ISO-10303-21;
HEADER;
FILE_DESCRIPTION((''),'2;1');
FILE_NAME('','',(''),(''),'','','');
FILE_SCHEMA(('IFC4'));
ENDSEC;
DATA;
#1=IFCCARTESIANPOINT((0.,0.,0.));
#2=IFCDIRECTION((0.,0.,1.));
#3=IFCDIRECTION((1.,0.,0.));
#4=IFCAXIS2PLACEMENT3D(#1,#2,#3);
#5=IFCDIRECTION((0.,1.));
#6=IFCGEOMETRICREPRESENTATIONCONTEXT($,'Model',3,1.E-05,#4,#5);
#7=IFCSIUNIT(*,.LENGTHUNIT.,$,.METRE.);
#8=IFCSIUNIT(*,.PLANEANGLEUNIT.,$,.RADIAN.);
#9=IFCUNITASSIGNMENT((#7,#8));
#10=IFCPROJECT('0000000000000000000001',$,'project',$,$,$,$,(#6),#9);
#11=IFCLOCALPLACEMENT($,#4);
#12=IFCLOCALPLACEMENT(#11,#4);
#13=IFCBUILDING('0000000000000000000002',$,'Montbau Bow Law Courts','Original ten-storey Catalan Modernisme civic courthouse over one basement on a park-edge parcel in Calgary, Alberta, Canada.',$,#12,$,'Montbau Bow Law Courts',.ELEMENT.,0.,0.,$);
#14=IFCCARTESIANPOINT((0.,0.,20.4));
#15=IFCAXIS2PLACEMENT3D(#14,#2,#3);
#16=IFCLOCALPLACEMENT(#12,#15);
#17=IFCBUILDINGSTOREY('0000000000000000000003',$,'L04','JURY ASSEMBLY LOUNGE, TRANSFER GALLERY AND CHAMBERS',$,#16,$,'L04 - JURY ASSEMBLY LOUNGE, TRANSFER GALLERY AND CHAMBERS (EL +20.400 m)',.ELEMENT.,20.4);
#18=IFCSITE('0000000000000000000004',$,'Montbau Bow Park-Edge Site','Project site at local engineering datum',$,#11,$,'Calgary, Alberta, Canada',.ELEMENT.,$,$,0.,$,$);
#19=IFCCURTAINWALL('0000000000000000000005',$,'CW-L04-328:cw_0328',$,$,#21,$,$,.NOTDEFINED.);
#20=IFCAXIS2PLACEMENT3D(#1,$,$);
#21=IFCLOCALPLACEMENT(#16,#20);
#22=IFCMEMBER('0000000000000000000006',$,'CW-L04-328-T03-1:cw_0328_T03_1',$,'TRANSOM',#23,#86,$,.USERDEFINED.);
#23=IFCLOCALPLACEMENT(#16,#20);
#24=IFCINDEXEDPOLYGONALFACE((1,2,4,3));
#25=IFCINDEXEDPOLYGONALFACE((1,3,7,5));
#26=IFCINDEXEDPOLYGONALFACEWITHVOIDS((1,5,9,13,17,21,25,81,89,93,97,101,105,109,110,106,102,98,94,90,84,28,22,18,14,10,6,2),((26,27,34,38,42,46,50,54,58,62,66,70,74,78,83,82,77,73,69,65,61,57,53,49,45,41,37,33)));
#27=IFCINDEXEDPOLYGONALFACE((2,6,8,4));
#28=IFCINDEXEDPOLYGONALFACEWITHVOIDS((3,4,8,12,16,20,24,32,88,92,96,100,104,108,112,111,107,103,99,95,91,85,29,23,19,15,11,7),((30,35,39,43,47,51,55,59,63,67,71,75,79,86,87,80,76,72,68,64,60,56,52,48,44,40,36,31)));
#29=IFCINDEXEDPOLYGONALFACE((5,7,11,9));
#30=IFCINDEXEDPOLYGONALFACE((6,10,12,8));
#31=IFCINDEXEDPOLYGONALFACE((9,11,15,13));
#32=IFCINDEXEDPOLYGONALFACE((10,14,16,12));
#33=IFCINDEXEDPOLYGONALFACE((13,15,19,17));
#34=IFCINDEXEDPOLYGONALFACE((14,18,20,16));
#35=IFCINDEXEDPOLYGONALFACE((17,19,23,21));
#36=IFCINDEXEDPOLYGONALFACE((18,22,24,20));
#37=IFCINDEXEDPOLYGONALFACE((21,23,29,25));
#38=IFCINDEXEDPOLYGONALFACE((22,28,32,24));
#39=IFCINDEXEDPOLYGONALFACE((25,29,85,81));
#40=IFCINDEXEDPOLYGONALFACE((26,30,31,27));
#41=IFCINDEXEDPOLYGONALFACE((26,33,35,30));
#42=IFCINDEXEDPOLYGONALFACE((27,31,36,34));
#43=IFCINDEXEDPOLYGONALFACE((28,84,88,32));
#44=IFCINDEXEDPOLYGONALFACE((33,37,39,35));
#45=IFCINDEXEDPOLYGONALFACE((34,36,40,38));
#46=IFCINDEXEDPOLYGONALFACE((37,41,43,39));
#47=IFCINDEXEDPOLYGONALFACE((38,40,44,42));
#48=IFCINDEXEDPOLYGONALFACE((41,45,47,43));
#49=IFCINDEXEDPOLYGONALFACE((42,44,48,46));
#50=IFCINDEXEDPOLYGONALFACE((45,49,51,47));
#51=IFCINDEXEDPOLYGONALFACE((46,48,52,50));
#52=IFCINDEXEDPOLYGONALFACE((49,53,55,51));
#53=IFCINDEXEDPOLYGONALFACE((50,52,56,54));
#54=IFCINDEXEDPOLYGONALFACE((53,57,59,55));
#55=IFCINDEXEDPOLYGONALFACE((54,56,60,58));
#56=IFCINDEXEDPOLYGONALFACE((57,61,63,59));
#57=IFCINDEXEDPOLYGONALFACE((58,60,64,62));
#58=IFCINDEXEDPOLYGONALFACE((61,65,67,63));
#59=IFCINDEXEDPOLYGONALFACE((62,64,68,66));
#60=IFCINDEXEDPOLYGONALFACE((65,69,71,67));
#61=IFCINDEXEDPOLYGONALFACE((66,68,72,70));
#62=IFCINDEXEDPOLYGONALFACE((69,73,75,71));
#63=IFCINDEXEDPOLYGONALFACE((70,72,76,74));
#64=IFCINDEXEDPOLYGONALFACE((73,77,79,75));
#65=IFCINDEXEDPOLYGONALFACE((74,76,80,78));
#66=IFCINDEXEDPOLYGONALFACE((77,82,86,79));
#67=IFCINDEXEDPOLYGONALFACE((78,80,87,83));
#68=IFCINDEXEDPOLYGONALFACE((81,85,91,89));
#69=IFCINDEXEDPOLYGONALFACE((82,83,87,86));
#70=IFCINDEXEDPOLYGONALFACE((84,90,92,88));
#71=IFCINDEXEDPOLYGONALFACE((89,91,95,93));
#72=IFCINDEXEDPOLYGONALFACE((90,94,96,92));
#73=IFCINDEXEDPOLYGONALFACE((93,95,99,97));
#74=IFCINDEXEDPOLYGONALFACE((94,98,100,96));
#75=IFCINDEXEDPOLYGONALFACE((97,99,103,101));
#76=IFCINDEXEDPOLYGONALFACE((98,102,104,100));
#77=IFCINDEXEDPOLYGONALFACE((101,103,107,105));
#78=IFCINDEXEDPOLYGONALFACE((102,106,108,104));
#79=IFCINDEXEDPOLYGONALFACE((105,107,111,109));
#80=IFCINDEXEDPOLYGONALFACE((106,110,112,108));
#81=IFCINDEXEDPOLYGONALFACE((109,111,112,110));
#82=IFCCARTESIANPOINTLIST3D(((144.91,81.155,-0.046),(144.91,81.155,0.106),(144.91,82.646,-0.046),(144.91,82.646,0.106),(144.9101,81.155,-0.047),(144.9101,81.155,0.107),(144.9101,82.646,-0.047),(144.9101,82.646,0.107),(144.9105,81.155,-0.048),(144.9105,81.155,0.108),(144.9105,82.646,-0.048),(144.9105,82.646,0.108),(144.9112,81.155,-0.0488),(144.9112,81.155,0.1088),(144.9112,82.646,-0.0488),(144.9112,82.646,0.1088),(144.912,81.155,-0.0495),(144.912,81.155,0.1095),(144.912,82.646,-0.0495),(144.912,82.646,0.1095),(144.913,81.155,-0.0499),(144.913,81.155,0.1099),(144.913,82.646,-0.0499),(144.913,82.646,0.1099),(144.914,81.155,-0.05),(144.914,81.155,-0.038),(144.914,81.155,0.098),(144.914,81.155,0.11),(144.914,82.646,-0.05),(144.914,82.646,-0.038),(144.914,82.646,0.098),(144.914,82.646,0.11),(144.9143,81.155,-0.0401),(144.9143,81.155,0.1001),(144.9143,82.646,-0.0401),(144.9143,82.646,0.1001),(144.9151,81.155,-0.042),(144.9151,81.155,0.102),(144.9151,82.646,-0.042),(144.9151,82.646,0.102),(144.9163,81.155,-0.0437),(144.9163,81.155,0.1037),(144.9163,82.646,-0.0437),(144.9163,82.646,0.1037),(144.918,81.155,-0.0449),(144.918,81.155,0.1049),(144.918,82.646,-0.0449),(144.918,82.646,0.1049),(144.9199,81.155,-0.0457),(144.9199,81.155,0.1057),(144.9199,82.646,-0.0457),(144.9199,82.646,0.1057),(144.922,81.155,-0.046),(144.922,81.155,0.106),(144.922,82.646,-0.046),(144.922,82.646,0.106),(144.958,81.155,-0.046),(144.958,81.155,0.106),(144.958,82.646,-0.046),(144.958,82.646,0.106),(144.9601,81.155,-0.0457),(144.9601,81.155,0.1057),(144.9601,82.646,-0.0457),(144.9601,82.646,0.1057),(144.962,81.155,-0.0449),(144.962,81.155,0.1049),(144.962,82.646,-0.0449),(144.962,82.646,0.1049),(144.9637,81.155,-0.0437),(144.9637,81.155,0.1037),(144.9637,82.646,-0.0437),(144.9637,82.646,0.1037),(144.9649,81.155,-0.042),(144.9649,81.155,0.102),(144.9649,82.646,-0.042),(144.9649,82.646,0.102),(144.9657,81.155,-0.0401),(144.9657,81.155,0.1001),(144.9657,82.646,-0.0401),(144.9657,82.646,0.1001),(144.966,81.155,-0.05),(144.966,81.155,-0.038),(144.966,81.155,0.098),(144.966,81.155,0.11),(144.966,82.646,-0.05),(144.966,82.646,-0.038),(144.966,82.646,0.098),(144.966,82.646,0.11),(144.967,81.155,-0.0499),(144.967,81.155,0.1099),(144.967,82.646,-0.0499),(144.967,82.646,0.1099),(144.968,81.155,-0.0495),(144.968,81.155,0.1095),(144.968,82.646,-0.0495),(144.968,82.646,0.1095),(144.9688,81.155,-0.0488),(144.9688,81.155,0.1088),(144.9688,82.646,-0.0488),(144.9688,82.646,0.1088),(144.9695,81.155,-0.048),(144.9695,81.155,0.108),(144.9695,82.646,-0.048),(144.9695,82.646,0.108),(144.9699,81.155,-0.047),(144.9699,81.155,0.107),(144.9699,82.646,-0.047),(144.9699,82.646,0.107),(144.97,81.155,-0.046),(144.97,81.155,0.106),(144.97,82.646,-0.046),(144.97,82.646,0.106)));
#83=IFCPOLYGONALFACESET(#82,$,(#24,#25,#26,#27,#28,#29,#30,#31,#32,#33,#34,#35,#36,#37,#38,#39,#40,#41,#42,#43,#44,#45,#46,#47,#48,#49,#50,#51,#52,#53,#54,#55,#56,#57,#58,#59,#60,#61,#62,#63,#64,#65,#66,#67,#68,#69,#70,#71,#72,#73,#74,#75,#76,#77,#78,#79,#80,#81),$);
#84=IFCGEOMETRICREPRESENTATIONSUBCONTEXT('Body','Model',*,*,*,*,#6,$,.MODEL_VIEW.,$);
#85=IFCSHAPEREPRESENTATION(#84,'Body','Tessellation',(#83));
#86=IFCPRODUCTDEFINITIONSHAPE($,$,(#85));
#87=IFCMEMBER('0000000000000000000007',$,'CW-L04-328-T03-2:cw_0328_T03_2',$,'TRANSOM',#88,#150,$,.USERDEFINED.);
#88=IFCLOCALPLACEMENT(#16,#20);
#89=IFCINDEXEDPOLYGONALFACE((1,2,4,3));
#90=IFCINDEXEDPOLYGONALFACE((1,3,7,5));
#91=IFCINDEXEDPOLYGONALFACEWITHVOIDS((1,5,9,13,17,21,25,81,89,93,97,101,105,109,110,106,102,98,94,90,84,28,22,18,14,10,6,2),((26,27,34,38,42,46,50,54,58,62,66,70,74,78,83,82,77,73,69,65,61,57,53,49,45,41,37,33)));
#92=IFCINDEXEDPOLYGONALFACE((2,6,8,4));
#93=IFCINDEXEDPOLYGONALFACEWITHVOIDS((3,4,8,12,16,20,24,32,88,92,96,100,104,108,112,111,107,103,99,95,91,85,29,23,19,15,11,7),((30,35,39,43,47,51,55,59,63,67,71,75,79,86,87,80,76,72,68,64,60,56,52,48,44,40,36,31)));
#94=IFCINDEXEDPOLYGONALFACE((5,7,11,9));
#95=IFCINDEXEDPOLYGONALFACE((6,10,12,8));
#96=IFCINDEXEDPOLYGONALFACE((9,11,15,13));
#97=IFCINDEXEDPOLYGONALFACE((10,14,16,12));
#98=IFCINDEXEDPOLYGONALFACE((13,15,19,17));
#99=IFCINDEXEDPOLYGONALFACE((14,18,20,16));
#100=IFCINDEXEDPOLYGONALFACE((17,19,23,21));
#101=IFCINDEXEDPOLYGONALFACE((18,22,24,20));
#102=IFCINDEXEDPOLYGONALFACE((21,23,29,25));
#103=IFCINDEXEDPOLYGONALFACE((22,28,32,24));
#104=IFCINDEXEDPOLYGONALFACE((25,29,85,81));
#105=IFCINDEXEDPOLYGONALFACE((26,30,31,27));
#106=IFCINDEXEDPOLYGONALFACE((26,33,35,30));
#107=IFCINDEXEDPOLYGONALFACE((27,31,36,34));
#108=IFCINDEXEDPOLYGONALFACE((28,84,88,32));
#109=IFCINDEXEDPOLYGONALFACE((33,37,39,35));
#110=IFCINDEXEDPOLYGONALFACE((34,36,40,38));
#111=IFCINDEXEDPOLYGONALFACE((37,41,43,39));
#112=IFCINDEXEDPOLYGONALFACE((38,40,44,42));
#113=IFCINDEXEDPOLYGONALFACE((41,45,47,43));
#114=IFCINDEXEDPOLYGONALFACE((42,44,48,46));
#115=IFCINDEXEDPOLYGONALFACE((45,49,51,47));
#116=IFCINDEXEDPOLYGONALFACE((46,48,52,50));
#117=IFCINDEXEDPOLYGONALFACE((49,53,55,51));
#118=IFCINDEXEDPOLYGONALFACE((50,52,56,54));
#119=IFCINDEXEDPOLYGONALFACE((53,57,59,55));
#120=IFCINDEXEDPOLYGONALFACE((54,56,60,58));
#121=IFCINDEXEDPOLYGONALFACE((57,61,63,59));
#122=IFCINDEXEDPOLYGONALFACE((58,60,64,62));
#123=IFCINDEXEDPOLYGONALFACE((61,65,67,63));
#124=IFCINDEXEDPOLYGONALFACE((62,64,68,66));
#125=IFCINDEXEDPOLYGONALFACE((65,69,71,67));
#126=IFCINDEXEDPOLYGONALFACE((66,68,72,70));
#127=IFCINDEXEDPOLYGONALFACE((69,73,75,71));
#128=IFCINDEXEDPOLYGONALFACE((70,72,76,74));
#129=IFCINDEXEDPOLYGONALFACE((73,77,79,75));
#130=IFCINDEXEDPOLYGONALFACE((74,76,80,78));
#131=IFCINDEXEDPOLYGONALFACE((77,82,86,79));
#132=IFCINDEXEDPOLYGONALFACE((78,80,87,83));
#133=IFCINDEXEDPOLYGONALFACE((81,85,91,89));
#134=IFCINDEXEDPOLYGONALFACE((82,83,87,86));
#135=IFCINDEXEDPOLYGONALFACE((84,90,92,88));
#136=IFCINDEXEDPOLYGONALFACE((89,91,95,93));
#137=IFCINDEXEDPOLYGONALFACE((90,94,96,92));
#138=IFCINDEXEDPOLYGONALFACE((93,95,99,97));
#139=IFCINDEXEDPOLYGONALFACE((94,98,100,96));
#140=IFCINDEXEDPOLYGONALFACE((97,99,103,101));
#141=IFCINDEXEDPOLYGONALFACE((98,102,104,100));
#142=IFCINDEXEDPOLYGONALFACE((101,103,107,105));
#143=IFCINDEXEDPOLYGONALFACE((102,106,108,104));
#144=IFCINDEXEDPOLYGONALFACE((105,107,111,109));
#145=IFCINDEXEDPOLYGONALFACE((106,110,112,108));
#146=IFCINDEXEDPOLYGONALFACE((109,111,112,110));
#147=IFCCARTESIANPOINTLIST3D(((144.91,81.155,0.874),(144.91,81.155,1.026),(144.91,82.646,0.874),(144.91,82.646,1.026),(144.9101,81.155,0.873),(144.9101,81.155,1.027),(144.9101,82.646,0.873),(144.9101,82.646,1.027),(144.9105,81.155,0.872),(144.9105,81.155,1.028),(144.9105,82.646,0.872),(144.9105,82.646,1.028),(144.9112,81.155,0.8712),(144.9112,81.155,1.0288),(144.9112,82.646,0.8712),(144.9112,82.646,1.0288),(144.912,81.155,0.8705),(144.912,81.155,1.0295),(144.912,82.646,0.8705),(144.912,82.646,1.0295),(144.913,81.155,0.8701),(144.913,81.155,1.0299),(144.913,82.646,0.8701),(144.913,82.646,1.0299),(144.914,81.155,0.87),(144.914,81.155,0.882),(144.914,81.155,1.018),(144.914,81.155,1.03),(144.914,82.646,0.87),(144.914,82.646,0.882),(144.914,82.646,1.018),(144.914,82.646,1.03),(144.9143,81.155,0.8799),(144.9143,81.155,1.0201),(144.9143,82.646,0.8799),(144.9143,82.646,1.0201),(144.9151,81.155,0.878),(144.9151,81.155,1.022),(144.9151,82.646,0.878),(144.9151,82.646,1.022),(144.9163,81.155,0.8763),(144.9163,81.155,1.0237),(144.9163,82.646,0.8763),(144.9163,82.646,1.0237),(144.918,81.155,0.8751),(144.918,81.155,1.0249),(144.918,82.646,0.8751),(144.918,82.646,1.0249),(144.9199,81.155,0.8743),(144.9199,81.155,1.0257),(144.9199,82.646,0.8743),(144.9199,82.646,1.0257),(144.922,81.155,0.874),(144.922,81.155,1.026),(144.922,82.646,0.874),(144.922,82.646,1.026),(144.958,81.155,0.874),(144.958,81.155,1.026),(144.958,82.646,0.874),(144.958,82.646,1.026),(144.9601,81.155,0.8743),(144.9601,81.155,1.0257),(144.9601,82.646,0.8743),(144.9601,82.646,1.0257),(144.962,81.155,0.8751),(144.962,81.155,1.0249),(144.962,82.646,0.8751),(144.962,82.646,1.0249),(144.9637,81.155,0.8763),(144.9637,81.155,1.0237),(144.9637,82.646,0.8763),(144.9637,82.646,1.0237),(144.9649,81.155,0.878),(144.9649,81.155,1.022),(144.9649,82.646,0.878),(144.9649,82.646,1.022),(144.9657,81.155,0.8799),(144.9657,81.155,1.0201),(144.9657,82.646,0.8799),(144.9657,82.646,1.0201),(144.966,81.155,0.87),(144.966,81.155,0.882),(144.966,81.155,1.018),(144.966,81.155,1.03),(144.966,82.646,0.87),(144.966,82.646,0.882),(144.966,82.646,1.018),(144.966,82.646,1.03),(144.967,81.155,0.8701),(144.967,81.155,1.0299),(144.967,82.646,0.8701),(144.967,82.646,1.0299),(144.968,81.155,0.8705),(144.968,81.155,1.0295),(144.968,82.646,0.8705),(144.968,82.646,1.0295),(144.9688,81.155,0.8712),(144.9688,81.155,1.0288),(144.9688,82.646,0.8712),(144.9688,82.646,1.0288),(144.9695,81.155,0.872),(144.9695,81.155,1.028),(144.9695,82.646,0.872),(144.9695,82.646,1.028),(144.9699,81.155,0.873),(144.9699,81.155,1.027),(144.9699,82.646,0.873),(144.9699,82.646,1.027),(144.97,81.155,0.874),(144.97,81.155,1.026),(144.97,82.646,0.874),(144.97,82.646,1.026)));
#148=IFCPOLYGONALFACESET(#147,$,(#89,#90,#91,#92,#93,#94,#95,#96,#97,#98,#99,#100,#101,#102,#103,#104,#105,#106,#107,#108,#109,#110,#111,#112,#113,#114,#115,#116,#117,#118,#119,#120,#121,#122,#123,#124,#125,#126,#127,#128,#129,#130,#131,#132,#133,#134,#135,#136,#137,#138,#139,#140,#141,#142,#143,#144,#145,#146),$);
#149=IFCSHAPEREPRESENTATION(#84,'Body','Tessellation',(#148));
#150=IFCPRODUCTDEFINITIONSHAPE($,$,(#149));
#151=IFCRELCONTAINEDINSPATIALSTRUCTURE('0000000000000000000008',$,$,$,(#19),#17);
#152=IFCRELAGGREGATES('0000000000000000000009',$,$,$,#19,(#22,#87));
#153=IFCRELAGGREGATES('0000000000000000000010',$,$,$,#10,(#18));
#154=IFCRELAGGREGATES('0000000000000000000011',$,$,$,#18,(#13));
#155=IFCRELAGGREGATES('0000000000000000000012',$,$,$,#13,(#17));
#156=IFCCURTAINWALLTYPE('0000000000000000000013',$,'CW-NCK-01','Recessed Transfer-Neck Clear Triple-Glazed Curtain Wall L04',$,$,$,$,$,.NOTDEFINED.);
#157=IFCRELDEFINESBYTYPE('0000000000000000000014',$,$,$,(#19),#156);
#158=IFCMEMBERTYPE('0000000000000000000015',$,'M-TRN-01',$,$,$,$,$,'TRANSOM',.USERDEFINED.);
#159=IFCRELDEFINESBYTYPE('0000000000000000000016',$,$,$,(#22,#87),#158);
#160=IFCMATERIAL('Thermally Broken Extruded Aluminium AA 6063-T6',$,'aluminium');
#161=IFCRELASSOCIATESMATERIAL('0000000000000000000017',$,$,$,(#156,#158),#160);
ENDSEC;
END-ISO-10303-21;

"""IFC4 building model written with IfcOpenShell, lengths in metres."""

from ifc_helpers import new_model, si_unit, direction, frame, origin_with_axes, origin_2d_with_axis, place, context, subcontext, project, spatial, hollow_rectangle, extrude, material, material_profile, profile_set, type_object, element, aggregate, save


model = new_model("IFC4")

# Units and contexts
model_context = context("Model", 3, precision=1e-05, world=origin_with_axes(), true_north=direction((0.0, 1.0)))
body_context = subcontext(model_context, "Body", "Model", "MODEL_VIEW")
ifc_project = project(units=[si_unit("LENGTHUNIT", "METRE"), si_unit("PLANEANGLEUNIT", "RADIAN")], contexts=[model_context])

# Site, building, storey
site_placement = place(None, origin_with_axes())
site = spatial("IfcSite", under=ifc_project, at=site_placement, Name="Montbau Bow Park-Edge Site", Description="Project site at local engineering datum", LongName="Calgary, Alberta, Canada", CompositionType="ELEMENT", RefElevation=0.0)
building_placement = place(site_placement, origin_with_axes())
building = spatial("IfcBuilding", under=site, at=building_placement, Name="Montbau Bow Law Courts", Description="Original ten-storey Catalan Modernisme civic courthouse over one basement on a park-edge parcel in Calgary, Alberta, Canada.", LongName="Montbau Bow Law Courts", CompositionType="ELEMENT", ElevationOfRefHeight=0.0, ElevationOfTerrain=0.0)
storey_placement = place(building_placement, frame((0.0, 0.0, 20.4), z_axis=(0.0, 0.0, 1.0), x_axis=(1.0, 0.0, 0.0)))
storey = spatial("IfcBuildingStorey", under=building, at=storey_placement, Name="L04", Description="JURY ASSEMBLY LOUNGE, TRANSFER GALLERY AND CHAMBERS", LongName="L04 - JURY ASSEMBLY LOUNGE, TRANSFER GALLERY AND CHAMBERS (EL +20.400 m)", CompositionType="ELEMENT", Elevation=20.4)

# Curtain wall, members
ifc_material_1 = material(Name="Thermally Broken Extruded Aluminium AA 6063-T6", Category="aluminium")
curtain_wall_type = type_object("IfcCurtainWallType", Name="CW-NCK-01", Description="Recessed Transfer-Neck Clear Triple-Glazed Curtain Wall L04", PredefinedType="NOTDEFINED", material=ifc_material_1)
curtain_wall_placement = place(None, frame((144.94, 78.0, 20.4), z_axis=(0.0, 0.0, 1.0), x_axis=(1.0, 0.0, 0.0)))
curtain_wall = element("IfcCurtainWall", 1, at=curtain_wall_placement, inside=storey, type_object=curtain_wall_type, Name="CW-L04-328:cw_0328", PredefinedType="NOTDEFINED")
ifc_material_profile_1 = material_profile(ifc_material_1, hollow_rectangle(XDim=0.06, YDim=0.16, WallThickness=0.004, InnerFilletRadius=0.008, OuterFilletRadius=0.004, at=origin_2d_with_axis()), Name="CWT-160X60", Category="Main", Priority=0)
ifc_profile_set_1 = profile_set([ifc_material_profile_1], Name="Thermally Broken Extruded Aluminium AA 6063-T6")
member_type_1 = type_object("IfcMemberType", Name="M-TRN-01", ElementType="TRANSOM", PredefinedType="USERDEFINED", material=ifc_profile_set_1)
member_1_placement = place(None, frame((144.94, 81.155, 20.43), z_axis=(0.0, 1.0, 0.0), x_axis=(-1.0, 0.0, 0.0)))
member_1 = element("IfcMember", 2, at=member_1_placement, type_object=member_type_1, Name="CW-L04-328-T03-1:cw_0328_T03_1", ObjectType="TRANSOM", PredefinedType="USERDEFINED", context=body_context, shape_type="SweptSolid", body=[
    extrude(hollow_rectangle(XDim=0.06, YDim=0.16, WallThickness=0.004, InnerFilletRadius=0.008, OuterFilletRadius=0.004, at=origin_2d_with_axis()), origin_with_axes(), (0.0, 0.0, 1.0), 1.491),
])
member_2_placement = place(None, frame((144.94, 81.155, 21.35), z_axis=(0.0, 1.0, 0.0), x_axis=(-1.0, 0.0, 0.0)))
member_2 = element("IfcMember", 3, at=member_2_placement, type_object=member_type_1, Name="CW-L04-328-T03-2:cw_0328_T03_2", ObjectType="TRANSOM", PredefinedType="USERDEFINED", context=body_context, shape_type="SweptSolid", body=[
    extrude(hollow_rectangle(XDim=0.06, YDim=0.16, WallThickness=0.004, InnerFilletRadius=0.008, OuterFilletRadius=0.004, at=origin_2d_with_axis()), origin_with_axes(), (0.0, 0.0, 1.0), 1.491),
])
aggregate(curtain_wall, [member_1, member_2])

save(model, "model.ifc")
